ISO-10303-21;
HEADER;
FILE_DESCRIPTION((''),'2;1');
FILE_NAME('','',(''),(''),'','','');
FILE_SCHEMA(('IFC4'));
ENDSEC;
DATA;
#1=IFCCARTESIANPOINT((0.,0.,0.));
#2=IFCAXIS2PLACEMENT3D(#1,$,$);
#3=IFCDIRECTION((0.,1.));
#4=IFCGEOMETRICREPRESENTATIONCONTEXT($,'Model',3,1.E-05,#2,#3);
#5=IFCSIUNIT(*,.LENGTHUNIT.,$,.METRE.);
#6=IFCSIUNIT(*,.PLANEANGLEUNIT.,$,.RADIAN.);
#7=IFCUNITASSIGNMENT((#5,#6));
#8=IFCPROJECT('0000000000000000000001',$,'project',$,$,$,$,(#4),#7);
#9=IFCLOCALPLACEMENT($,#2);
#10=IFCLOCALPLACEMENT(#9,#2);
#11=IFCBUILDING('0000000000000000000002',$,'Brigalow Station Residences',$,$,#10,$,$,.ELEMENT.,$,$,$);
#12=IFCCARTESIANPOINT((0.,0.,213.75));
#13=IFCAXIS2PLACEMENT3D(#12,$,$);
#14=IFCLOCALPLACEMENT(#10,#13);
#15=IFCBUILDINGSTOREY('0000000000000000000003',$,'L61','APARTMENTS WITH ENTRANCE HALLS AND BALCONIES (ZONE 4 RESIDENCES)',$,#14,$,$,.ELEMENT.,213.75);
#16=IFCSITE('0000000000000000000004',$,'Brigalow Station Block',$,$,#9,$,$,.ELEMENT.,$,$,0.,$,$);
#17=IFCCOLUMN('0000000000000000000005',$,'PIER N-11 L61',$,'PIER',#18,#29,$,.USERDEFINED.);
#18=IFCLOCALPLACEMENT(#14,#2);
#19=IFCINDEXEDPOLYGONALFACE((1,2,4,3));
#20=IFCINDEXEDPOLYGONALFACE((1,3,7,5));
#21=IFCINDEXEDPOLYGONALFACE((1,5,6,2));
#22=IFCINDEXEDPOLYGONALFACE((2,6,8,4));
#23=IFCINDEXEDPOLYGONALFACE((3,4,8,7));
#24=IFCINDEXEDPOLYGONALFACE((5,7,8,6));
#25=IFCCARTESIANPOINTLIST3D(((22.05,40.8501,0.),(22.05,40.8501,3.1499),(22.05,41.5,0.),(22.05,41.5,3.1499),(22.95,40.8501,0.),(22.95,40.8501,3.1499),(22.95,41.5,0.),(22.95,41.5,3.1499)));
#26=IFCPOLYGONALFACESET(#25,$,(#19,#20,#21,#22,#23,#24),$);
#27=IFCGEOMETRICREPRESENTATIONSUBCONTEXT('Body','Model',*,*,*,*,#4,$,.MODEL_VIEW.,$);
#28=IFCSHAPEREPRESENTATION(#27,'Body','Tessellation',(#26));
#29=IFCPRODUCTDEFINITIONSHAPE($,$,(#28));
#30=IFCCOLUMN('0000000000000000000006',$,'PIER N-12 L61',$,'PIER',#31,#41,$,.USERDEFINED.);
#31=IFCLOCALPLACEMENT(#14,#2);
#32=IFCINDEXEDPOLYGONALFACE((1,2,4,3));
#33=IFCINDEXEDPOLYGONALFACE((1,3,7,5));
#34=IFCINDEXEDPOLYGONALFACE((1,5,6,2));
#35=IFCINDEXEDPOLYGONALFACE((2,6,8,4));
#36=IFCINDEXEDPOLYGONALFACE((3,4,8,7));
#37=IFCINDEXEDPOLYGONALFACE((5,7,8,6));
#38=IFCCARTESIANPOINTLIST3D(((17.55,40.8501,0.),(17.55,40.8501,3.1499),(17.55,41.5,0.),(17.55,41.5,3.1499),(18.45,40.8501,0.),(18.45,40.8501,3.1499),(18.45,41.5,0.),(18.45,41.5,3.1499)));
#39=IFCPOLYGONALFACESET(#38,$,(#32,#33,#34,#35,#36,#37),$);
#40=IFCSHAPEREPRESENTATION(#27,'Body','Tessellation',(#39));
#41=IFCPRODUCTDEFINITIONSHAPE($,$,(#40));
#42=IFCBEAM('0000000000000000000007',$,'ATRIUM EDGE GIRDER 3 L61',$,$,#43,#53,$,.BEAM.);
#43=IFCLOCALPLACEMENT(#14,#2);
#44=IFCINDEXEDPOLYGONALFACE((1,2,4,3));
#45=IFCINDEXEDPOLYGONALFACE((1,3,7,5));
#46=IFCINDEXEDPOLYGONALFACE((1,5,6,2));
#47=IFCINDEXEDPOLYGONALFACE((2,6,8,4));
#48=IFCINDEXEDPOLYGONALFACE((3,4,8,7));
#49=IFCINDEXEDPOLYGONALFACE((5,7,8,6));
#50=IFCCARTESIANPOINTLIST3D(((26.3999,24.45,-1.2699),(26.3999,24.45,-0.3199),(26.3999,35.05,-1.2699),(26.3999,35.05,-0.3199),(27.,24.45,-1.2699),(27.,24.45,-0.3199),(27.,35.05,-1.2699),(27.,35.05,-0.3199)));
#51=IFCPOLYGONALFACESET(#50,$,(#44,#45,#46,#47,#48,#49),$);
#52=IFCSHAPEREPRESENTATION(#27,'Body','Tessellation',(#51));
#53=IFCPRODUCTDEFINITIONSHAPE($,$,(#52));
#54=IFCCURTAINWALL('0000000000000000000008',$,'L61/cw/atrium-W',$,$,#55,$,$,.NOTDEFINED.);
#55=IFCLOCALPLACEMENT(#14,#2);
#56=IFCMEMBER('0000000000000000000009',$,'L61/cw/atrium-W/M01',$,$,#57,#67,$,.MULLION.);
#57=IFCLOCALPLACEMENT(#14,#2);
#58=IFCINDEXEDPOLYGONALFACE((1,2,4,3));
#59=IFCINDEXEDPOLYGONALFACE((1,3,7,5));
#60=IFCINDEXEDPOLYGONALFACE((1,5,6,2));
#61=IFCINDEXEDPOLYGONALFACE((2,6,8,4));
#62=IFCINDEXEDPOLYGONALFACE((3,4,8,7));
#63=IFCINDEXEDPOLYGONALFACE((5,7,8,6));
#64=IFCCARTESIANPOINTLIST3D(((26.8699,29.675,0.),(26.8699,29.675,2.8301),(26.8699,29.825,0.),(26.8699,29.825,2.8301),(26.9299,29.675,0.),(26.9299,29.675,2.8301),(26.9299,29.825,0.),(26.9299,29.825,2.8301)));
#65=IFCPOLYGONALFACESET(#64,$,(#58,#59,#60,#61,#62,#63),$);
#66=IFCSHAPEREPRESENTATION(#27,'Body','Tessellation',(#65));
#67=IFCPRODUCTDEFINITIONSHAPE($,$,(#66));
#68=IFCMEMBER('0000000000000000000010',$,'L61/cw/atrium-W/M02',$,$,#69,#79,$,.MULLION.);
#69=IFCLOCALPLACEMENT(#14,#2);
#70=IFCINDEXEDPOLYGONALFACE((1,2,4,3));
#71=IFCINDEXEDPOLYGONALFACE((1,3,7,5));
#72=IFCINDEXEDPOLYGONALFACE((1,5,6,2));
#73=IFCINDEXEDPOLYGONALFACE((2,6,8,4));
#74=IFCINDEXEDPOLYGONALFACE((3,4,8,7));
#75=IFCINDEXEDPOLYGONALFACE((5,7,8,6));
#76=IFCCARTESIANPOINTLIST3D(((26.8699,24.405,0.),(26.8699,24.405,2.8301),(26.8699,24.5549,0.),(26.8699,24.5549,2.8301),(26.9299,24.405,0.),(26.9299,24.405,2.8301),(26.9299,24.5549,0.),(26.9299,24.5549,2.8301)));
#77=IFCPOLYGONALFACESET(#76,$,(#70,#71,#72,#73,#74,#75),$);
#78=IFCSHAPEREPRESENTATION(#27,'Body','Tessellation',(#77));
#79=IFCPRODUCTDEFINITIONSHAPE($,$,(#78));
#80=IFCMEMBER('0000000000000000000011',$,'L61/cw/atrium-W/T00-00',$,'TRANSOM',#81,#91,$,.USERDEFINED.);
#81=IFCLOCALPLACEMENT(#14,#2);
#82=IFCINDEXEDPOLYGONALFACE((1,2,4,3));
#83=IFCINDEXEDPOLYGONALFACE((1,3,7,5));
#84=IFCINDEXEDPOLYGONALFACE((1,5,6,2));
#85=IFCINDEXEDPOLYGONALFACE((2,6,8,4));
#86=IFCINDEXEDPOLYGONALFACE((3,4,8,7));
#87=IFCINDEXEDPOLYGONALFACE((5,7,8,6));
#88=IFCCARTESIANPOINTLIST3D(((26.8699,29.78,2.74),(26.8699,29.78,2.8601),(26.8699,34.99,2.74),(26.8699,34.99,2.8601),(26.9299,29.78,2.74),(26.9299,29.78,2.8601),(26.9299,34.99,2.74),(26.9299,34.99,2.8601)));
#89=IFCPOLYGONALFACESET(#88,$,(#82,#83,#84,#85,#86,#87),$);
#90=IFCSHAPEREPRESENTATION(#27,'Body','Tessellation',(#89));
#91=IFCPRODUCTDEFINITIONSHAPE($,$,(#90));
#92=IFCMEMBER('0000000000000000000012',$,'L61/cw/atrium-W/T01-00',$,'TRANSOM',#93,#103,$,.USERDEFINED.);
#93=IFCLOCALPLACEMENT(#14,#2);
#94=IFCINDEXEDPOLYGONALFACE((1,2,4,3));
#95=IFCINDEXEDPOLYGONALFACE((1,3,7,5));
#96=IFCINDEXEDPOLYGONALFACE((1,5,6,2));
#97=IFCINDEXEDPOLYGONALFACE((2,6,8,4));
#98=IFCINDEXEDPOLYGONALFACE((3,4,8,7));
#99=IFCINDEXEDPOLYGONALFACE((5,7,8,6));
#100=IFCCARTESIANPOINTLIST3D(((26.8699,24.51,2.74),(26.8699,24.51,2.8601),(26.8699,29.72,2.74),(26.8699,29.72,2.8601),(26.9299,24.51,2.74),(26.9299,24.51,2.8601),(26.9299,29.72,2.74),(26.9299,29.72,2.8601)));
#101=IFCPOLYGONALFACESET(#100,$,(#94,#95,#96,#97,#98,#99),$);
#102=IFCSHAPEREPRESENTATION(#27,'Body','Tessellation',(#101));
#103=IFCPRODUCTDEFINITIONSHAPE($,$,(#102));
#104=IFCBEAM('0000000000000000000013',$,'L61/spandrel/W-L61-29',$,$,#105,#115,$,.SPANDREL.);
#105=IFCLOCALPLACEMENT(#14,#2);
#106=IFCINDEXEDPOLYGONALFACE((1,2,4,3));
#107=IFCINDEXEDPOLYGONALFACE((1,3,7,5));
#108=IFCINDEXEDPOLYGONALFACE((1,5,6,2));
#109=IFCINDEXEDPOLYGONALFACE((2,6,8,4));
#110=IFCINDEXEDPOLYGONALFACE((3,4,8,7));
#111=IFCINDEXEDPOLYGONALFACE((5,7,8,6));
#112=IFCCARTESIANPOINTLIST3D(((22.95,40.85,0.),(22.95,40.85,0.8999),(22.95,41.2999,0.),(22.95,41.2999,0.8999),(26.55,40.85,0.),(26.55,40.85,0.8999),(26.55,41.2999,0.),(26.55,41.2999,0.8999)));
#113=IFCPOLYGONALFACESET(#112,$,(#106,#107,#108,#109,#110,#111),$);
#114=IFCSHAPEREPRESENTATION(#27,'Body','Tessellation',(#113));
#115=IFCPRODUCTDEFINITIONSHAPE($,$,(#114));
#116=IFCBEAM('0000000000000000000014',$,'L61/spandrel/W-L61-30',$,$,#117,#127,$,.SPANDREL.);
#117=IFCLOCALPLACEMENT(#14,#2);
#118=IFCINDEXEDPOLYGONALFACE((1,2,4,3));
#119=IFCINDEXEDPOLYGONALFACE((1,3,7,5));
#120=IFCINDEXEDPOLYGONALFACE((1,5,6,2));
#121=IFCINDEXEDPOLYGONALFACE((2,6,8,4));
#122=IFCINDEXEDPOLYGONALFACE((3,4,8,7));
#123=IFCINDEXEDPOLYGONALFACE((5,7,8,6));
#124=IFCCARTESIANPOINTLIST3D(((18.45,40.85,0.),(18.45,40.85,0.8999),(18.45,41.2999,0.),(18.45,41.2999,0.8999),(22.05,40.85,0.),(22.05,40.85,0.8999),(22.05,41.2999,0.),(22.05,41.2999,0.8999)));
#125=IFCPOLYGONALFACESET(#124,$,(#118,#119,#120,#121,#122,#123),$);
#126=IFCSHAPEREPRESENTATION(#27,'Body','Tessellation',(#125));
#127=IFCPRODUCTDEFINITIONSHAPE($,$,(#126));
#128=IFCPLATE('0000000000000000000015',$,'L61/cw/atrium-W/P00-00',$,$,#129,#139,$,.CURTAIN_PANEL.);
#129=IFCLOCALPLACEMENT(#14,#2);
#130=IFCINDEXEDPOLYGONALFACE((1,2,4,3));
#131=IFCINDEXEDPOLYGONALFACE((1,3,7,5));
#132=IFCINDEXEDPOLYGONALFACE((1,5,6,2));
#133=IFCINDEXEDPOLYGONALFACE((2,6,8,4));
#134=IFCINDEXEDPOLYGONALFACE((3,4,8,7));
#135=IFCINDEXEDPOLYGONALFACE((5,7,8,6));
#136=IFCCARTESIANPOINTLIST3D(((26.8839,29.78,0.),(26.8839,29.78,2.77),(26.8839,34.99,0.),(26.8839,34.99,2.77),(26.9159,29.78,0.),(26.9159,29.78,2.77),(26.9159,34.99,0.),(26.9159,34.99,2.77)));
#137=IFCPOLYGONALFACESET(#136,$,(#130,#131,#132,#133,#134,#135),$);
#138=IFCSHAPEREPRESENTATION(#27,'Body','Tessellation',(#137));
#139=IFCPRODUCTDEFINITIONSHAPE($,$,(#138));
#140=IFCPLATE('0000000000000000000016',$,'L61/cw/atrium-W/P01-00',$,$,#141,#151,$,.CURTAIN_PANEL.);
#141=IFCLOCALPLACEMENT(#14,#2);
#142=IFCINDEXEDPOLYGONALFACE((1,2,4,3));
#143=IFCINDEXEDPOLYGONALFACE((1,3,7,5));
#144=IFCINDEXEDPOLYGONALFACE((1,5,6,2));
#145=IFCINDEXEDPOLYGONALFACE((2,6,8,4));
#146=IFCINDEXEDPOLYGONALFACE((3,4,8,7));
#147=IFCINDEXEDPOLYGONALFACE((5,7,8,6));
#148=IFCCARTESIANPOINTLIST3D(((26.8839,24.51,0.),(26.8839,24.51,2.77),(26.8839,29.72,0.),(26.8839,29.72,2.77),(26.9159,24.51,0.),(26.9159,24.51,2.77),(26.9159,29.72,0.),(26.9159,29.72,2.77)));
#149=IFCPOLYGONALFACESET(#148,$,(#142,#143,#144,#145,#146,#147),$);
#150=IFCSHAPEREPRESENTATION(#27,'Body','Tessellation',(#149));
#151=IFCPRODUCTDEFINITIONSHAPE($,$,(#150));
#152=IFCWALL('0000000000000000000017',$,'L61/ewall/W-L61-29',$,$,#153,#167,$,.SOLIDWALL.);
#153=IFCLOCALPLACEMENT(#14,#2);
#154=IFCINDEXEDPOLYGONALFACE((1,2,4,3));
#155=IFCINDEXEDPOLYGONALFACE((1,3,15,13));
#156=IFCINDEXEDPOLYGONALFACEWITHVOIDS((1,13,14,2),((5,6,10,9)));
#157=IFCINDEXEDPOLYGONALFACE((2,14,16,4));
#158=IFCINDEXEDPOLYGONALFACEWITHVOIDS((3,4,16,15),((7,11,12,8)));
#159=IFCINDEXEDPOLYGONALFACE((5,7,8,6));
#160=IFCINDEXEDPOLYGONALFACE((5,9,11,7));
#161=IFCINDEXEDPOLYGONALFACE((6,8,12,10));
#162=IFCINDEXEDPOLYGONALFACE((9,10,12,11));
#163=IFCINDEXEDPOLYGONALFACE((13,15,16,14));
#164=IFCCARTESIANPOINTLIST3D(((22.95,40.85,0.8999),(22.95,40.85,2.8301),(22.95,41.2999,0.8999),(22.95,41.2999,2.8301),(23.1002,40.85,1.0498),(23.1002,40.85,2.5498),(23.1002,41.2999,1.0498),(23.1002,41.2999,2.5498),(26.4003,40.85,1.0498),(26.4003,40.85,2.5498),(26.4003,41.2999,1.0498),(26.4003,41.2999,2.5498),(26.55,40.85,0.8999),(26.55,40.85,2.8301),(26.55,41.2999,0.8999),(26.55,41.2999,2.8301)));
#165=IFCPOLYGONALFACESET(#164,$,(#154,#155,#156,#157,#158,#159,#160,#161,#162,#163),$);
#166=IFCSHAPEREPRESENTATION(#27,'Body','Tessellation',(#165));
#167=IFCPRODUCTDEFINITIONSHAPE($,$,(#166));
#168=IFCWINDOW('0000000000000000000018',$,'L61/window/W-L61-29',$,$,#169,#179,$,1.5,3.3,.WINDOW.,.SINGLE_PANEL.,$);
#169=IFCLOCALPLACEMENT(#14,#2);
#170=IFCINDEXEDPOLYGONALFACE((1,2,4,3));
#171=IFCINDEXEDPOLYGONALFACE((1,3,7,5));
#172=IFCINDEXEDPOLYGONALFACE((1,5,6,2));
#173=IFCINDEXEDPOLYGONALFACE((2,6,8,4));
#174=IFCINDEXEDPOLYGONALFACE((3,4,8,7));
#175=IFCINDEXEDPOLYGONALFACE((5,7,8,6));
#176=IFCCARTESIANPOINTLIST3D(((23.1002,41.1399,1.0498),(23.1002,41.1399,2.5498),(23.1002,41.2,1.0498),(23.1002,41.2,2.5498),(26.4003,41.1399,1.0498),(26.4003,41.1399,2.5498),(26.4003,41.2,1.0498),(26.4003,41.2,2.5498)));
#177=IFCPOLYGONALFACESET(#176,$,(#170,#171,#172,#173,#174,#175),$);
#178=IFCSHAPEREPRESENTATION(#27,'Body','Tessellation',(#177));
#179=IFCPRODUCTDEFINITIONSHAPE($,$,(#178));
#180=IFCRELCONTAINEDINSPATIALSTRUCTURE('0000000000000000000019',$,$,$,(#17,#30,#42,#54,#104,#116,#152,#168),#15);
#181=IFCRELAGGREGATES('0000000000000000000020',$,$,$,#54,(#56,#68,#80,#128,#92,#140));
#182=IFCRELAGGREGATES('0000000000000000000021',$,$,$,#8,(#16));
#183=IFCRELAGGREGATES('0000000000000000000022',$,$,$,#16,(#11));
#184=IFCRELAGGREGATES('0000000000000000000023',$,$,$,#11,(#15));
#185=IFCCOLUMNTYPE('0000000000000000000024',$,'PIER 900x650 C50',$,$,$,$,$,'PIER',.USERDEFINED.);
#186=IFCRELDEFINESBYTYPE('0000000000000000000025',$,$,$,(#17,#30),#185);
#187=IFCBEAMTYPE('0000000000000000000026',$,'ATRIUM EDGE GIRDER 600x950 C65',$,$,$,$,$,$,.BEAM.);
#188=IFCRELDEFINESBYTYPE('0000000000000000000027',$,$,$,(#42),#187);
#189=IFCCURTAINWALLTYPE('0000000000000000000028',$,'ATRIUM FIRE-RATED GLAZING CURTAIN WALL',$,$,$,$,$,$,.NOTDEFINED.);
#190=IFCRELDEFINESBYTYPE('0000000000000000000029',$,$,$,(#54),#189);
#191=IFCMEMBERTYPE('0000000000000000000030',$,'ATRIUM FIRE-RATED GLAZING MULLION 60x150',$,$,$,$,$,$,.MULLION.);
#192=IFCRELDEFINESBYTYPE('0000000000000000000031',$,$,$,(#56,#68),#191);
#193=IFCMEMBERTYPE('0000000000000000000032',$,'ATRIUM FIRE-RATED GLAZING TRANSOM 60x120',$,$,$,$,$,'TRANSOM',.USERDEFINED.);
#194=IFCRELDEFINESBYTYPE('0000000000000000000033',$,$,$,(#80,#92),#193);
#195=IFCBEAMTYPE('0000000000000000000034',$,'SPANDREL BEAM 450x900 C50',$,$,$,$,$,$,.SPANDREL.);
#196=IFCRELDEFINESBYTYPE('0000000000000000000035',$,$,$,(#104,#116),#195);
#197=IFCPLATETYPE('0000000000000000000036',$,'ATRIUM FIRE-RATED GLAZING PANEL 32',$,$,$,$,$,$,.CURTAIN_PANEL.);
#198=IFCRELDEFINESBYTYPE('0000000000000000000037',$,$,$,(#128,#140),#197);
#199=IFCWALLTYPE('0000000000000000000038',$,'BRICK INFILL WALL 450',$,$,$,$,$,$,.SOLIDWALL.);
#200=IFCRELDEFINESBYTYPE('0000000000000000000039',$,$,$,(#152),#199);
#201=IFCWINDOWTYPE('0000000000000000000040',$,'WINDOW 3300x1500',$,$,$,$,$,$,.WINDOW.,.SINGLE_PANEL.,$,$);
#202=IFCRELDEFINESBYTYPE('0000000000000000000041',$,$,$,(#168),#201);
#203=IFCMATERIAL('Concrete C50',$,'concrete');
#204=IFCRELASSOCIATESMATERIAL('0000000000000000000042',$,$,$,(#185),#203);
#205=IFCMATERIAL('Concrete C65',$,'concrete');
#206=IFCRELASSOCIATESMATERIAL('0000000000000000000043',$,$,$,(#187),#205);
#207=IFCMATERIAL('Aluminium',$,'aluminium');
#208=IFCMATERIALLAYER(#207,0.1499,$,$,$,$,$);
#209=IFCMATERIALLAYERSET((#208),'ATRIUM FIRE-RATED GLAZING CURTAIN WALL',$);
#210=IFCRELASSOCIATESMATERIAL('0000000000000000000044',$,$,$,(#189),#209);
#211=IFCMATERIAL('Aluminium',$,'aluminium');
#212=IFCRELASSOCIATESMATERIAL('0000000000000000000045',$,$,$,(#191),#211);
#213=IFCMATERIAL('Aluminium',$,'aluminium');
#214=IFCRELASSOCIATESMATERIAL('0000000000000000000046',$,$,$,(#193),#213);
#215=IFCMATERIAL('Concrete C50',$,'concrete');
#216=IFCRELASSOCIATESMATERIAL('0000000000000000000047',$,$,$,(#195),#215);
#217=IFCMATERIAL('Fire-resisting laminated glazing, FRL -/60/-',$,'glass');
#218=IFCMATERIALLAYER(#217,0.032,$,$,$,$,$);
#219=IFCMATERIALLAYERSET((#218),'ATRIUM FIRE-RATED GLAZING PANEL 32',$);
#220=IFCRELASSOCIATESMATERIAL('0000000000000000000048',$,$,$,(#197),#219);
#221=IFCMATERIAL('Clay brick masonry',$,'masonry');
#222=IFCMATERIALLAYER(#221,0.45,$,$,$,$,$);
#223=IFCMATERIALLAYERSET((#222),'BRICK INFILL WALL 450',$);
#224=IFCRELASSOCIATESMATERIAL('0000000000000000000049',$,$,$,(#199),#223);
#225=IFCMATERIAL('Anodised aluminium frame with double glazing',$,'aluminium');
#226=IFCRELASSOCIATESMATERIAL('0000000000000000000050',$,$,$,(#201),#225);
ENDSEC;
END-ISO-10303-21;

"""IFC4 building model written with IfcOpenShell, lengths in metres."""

from ifc_helpers import new_model, si_unit, direction, frame, frame_2d, origin, origin_2d, place, context, subcontext, project, spatial, rectangle, extrude, material, layer, layer_set, material_profile, profile_set, type_object, element, fill, aggregate, save


model = new_model("IFC4")

# Units and contexts
model_context = context("Model", 3, precision=1e-05, world=origin(), true_north=direction((0.0, 1.0)))
body_context = subcontext(model_context, "Body", "Model", "MODEL_VIEW")
ifc_project = project(units=[si_unit("LENGTHUNIT", "METRE"), si_unit("PLANEANGLEUNIT", "RADIAN")], contexts=[model_context])

# Site, building, storey
site_placement = place(None, origin())
site = spatial("IfcSite", under=ifc_project, at=site_placement, Name="Brigalow Station Block", CompositionType="ELEMENT", RefElevation=0.0)
building_placement = place(site_placement, origin())
building = spatial("IfcBuilding", under=site, at=building_placement, Name="Brigalow Station Residences", CompositionType="ELEMENT")
storey_placement = place(building_placement, frame((0.0, 0.0, 213.75)))
storey = spatial("IfcBuildingStorey", under=building, at=storey_placement, Name="L61", Description="APARTMENTS WITH ENTRANCE HALLS AND BALCONIES (ZONE 4 RESIDENCES)", CompositionType="ELEMENT", Elevation=213.75)

# Columns
ifc_material_1 = material(Name="Concrete C50", Category="concrete")
ifc_material_profile_1 = material_profile(ifc_material_1, rectangle(XDim=0.8999, YDim=0.6499, at=origin_2d()), Name="RC900x650")
ifc_profile_set_1 = profile_set([ifc_material_profile_1], Name="Concrete C50")
column_type = type_object("IfcColumnType", Name="PIER 900x650 C50", ElementType="PIER", PredefinedType="USERDEFINED", material=ifc_profile_set_1)
for number, where, z_axis, x_axis, name in (
    (1, (22.5, 41.175, 0.0), (0.0, 0.0, 1.0), (-1.0, 0.0, 0.0), "PIER N-11 L61"),
    (2, (18.0, 41.175, 0.0), (0.0, 0.0, 1.0), (-1.0, 0.0, 0.0), "PIER N-12 L61"),
):
    element("IfcColumn", number, at=place(storey_placement, frame(where, z_axis=z_axis, x_axis=x_axis)), inside=storey, type_object=column_type, Name=name, ObjectType="PIER", PredefinedType="USERDEFINED", context=body_context, shape_type="SweptSolid", body=[
        extrude(rectangle(XDim=0.8999, YDim=0.6499, at=origin_2d()), origin(), (0.0, 0.0, 1.0), 3.1499),
    ])

# Beam
ifc_material_2 = material(Name="Concrete C65", Category="concrete")
ifc_material_profile_2 = material_profile(ifc_material_2, rectangle(XDim=0.6001, YDim=0.95, at=origin_2d()), Name="RC600x950")
ifc_profile_set_2 = profile_set([ifc_material_profile_2], Name="Concrete C65")
beam_type_1 = type_object("IfcBeamType", Name="ATRIUM EDGE GIRDER 600x950 C65", PredefinedType="BEAM", material=ifc_profile_set_2)
beam_placement = place(storey_placement, frame((26.7, 24.45, -0.7949), z_axis=(0.0, 1.0, 0.0), x_axis=(-1.0, 0.0, 0.0)))
element("IfcBeam", 3, at=beam_placement, inside=storey, type_object=beam_type_1, Name="ATRIUM EDGE GIRDER 3 L61", PredefinedType="BEAM", context=body_context, shape_type="SweptSolid", body=[
    extrude(rectangle(XDim=0.6001, YDim=0.95, at=origin_2d()), origin(), (0.0, 0.0, 1.0), 10.6001),
])

# Curtain wall, members
ifc_material_3 = material(Name="Aluminium", Category="aluminium")
ifc_layer_1 = layer(ifc_material_3, 0.1499)
ifc_layer_set_1 = layer_set([ifc_layer_1], Name="ATRIUM FIRE-RATED GLAZING CURTAIN WALL")
curtain_wall_type = type_object("IfcCurtainWallType", Name="ATRIUM FIRE-RATED GLAZING CURTAIN WALL", PredefinedType="NOTDEFINED", material=ifc_layer_set_1)
curtain_wall_placement = place(storey_placement, origin())
curtain_wall = element("IfcCurtainWall", 4, at=curtain_wall_placement, inside=storey, type_object=curtain_wall_type, Name="L61/cw/atrium-W", PredefinedType="NOTDEFINED")
ifc_material_4 = material(Name="Aluminium", Category="aluminium")
ifc_material_profile_3 = material_profile(ifc_material_4, rectangle(XDim=0.0601, YDim=0.1499, at=origin_2d()), Name="ATRIUM FIRE-RATED GLAZING MULLION 60x150")
ifc_profile_set_3 = profile_set([ifc_material_profile_3], Name="Aluminium")
member_type_1 = type_object("IfcMemberType", Name="ATRIUM FIRE-RATED GLAZING MULLION 60x150", PredefinedType="MULLION", material=ifc_profile_set_3)
member_1_placement = place(storey_placement, frame((26.8999, 29.75, 0.0), z_axis=(0.0, 0.0, 1.0), x_axis=(1.0, 0.0, 0.0)))
member_1 = element("IfcMember", 5, at=member_1_placement, type_object=member_type_1, Name="L61/cw/atrium-W/M01", PredefinedType="MULLION", context=body_context, shape_type="SweptSolid", body=[
    extrude(rectangle(XDim=0.0601, YDim=0.1499, at=origin_2d()), origin(), (0.0, 0.0, 1.0), 2.8301),
])
member_2_placement = place(storey_placement, frame((26.8999, 24.48, 0.0), z_axis=(0.0, 0.0, 1.0), x_axis=(1.0, 0.0, 0.0)))
member_2 = element("IfcMember", 6, at=member_2_placement, type_object=member_type_1, Name="L61/cw/atrium-W/M02", PredefinedType="MULLION", context=body_context, shape_type="SweptSolid", body=[
    extrude(rectangle(XDim=0.0601, YDim=0.1499, at=origin_2d()), origin(), (0.0, 0.0, 1.0), 2.8301),
])
ifc_material_5 = material(Name="Aluminium", Category="aluminium")
ifc_material_profile_4 = material_profile(ifc_material_5, rectangle(XDim=0.0601, YDim=0.1201, at=origin_2d()), Name="ATRIUM FIRE-RATED GLAZING TRANSOM 60x120")
ifc_profile_set_4 = profile_set([ifc_material_profile_4], Name="Aluminium")
member_type_2 = type_object("IfcMemberType", Name="ATRIUM FIRE-RATED GLAZING TRANSOM 60x120", ElementType="TRANSOM", PredefinedType="USERDEFINED", material=ifc_profile_set_4)
member_3_placement = place(storey_placement, frame((26.8999, 34.99, 2.8), z_axis=(0.0, -1.0, 0.0), x_axis=(1.0, 0.0, 0.0)))
member_3 = element("IfcMember", 7, at=member_3_placement, type_object=member_type_2, Name="L61/cw/atrium-W/T00-00", ObjectType="TRANSOM", PredefinedType="USERDEFINED", context=body_context, shape_type="SweptSolid", body=[
    extrude(rectangle(XDim=0.0601, YDim=0.1201, at=origin_2d()), origin(), (0.0, 0.0, 1.0), 5.21),
])
member_4_placement = place(storey_placement, frame((26.8999, 29.72, 2.8), z_axis=(0.0, -1.0, 0.0), x_axis=(1.0, 0.0, 0.0)))
member_4 = element("IfcMember", 8, at=member_4_placement, type_object=member_type_2, Name="L61/cw/atrium-W/T01-00", ObjectType="TRANSOM", PredefinedType="USERDEFINED", context=body_context, shape_type="SweptSolid", body=[
    extrude(rectangle(XDim=0.0601, YDim=0.1201, at=origin_2d()), origin(), (0.0, 0.0, 1.0), 5.21),
])

# Beams
ifc_material_6 = material(Name="Concrete C50", Category="concrete")
ifc_material_profile_5 = material_profile(ifc_material_6, rectangle(XDim=0.45, YDim=0.8999, at=origin_2d()), Name="RC450x900")
ifc_profile_set_5 = profile_set([ifc_material_profile_5], Name="Concrete C50")
beam_type_2 = type_object("IfcBeamType", Name="SPANDREL BEAM 450x900 C50", PredefinedType="SPANDREL", material=ifc_profile_set_5)
for number, where, z_axis, x_axis, name in (
    (9, (26.55, 41.075, 0.45), (-1.0, 0.0, 0.0), (0.0, -1.0, 0.0), "L61/spandrel/W-L61-29"),
    (10, (22.05, 41.075, 0.45), (-1.0, 0.0, 0.0), (0.0, -1.0, 0.0), "L61/spandrel/W-L61-30"),
):
    element("IfcBeam", number, at=place(storey_placement, frame(where, z_axis=z_axis, x_axis=x_axis)), inside=storey, type_object=beam_type_2, Name=name, PredefinedType="SPANDREL", context=body_context, shape_type="SweptSolid", body=[
        extrude(rectangle(XDim=0.45, YDim=0.8999, at=origin_2d()), origin(), (0.0, 0.0, 1.0), 3.6001),
    ])

# Plates
ifc_material_7 = material(Name="Fire-resisting laminated glazing, FRL -/60/-", Category="glass")
ifc_layer_2 = layer(ifc_material_7, 0.032)
ifc_layer_set_2 = layer_set([ifc_layer_2], Name="ATRIUM FIRE-RATED GLAZING PANEL 32")
plate_type = type_object("IfcPlateType", Name="ATRIUM FIRE-RATED GLAZING PANEL 32", PredefinedType="CURTAIN_PANEL", material=ifc_layer_set_2)
plate_1_placement = place(storey_placement, frame((26.8999, 32.385, 0.0), z_axis=(0.0, 0.0, 1.0), x_axis=(0.0, -1.0, 0.0)))
plate_1 = element("IfcPlate", 11, at=plate_1_placement, type_object=plate_type, Name="L61/cw/atrium-W/P00-00", PredefinedType="CURTAIN_PANEL", context=body_context, shape_type="SweptSolid", body=[
    extrude(rectangle(XDim=5.21, YDim=0.032, at=origin_2d()), origin(), (0.0, 0.0, 1.0), 2.77),
])
plate_2_placement = place(storey_placement, frame((26.8999, 27.115, 0.0), z_axis=(0.0, 0.0, 1.0), x_axis=(0.0, -1.0, 0.0)))
plate_2 = element("IfcPlate", 12, at=plate_2_placement, type_object=plate_type, Name="L61/cw/atrium-W/P01-00", PredefinedType="CURTAIN_PANEL", context=body_context, shape_type="SweptSolid", body=[
    extrude(rectangle(XDim=5.21, YDim=0.032, at=origin_2d()), origin(), (0.0, 0.0, 1.0), 2.77),
])
aggregate(curtain_wall, [member_1, member_2, member_3, plate_1, member_4, plate_2])

# Wall, opening, window
ifc_material_8 = material(Name="Clay brick masonry", Category="masonry")
ifc_layer_3 = layer(ifc_material_8, 0.45)
ifc_layer_set_3 = layer_set([ifc_layer_3], Name="BRICK INFILL WALL 450")
wall_type_1 = type_object("IfcWallType", Name="BRICK INFILL WALL 450", PredefinedType="SOLIDWALL", material=ifc_layer_set_3)
wall_1_placement = place(storey_placement, frame((26.55, 41.075, 0.8999), z_axis=(0.0, 0.0, 1.0), x_axis=(-1.0, 0.0, 0.0)))
wall_1 = element("IfcWall", 13, at=wall_1_placement, inside=storey, type_object=wall_type_1, Name="L61/ewall/W-L61-29", PredefinedType="SOLIDWALL", context=body_context, shape_type="SweptSolid", body=[
    extrude(rectangle(XDim=3.6001, YDim=0.45, at=frame_2d((1.8, 0.0))), origin(), (0.0, 0.0, 1.0), 1.9302),
])
opening_1_placement = place(wall_1_placement, frame((0.1499, 0.0, 0.1499)))
opening_1 = element("IfcOpeningElement", 14, at=opening_1_placement, cuts=wall_1, PredefinedType="OPENING", context=body_context, shape_type="SweptSolid", body=[
    extrude(rectangle(XDim=3.3, YDim=1.5, at=frame_2d((1.6499, 0.75))), frame((0.0, 0.2349, 0.0), z_axis=(0.0, -1.0, 0.0), x_axis=(1.0, 0.0, 0.0)), (0.0, 0.0, 1.0), 0.47),
])
ifc_material_9 = material(Name="Anodised aluminium frame with double glazing", Category="aluminium")
window_type = type_object("IfcWindowType", Name="WINDOW 3300x1500", PartitioningType="SINGLE_PANEL", PredefinedType="WINDOW", material=ifc_material_9)
window_1_placement = place(opening_1_placement, origin())
window_1 = element("IfcWindow", 15, at=window_1_placement, inside=storey, type_object=window_type, Name="L61/window/W-L61-29", OverallHeight=1.5, OverallWidth=3.3, PartitioningType="SINGLE_PANEL", PredefinedType="WINDOW", context=body_context, shape_type="SweptSolid", body=[
    extrude(rectangle(XDim=3.3, YDim=1.5, at=frame_2d((1.6499, 0.75))), frame((0.0, -0.0649, 0.0), z_axis=(0.0, -1.0, 0.0), x_axis=(1.0, 0.0, 0.0)), (0.0, 0.0, 1.0), 0.0601),
])
fill(opening_1, window_1)

save(model, "model.ifc")
